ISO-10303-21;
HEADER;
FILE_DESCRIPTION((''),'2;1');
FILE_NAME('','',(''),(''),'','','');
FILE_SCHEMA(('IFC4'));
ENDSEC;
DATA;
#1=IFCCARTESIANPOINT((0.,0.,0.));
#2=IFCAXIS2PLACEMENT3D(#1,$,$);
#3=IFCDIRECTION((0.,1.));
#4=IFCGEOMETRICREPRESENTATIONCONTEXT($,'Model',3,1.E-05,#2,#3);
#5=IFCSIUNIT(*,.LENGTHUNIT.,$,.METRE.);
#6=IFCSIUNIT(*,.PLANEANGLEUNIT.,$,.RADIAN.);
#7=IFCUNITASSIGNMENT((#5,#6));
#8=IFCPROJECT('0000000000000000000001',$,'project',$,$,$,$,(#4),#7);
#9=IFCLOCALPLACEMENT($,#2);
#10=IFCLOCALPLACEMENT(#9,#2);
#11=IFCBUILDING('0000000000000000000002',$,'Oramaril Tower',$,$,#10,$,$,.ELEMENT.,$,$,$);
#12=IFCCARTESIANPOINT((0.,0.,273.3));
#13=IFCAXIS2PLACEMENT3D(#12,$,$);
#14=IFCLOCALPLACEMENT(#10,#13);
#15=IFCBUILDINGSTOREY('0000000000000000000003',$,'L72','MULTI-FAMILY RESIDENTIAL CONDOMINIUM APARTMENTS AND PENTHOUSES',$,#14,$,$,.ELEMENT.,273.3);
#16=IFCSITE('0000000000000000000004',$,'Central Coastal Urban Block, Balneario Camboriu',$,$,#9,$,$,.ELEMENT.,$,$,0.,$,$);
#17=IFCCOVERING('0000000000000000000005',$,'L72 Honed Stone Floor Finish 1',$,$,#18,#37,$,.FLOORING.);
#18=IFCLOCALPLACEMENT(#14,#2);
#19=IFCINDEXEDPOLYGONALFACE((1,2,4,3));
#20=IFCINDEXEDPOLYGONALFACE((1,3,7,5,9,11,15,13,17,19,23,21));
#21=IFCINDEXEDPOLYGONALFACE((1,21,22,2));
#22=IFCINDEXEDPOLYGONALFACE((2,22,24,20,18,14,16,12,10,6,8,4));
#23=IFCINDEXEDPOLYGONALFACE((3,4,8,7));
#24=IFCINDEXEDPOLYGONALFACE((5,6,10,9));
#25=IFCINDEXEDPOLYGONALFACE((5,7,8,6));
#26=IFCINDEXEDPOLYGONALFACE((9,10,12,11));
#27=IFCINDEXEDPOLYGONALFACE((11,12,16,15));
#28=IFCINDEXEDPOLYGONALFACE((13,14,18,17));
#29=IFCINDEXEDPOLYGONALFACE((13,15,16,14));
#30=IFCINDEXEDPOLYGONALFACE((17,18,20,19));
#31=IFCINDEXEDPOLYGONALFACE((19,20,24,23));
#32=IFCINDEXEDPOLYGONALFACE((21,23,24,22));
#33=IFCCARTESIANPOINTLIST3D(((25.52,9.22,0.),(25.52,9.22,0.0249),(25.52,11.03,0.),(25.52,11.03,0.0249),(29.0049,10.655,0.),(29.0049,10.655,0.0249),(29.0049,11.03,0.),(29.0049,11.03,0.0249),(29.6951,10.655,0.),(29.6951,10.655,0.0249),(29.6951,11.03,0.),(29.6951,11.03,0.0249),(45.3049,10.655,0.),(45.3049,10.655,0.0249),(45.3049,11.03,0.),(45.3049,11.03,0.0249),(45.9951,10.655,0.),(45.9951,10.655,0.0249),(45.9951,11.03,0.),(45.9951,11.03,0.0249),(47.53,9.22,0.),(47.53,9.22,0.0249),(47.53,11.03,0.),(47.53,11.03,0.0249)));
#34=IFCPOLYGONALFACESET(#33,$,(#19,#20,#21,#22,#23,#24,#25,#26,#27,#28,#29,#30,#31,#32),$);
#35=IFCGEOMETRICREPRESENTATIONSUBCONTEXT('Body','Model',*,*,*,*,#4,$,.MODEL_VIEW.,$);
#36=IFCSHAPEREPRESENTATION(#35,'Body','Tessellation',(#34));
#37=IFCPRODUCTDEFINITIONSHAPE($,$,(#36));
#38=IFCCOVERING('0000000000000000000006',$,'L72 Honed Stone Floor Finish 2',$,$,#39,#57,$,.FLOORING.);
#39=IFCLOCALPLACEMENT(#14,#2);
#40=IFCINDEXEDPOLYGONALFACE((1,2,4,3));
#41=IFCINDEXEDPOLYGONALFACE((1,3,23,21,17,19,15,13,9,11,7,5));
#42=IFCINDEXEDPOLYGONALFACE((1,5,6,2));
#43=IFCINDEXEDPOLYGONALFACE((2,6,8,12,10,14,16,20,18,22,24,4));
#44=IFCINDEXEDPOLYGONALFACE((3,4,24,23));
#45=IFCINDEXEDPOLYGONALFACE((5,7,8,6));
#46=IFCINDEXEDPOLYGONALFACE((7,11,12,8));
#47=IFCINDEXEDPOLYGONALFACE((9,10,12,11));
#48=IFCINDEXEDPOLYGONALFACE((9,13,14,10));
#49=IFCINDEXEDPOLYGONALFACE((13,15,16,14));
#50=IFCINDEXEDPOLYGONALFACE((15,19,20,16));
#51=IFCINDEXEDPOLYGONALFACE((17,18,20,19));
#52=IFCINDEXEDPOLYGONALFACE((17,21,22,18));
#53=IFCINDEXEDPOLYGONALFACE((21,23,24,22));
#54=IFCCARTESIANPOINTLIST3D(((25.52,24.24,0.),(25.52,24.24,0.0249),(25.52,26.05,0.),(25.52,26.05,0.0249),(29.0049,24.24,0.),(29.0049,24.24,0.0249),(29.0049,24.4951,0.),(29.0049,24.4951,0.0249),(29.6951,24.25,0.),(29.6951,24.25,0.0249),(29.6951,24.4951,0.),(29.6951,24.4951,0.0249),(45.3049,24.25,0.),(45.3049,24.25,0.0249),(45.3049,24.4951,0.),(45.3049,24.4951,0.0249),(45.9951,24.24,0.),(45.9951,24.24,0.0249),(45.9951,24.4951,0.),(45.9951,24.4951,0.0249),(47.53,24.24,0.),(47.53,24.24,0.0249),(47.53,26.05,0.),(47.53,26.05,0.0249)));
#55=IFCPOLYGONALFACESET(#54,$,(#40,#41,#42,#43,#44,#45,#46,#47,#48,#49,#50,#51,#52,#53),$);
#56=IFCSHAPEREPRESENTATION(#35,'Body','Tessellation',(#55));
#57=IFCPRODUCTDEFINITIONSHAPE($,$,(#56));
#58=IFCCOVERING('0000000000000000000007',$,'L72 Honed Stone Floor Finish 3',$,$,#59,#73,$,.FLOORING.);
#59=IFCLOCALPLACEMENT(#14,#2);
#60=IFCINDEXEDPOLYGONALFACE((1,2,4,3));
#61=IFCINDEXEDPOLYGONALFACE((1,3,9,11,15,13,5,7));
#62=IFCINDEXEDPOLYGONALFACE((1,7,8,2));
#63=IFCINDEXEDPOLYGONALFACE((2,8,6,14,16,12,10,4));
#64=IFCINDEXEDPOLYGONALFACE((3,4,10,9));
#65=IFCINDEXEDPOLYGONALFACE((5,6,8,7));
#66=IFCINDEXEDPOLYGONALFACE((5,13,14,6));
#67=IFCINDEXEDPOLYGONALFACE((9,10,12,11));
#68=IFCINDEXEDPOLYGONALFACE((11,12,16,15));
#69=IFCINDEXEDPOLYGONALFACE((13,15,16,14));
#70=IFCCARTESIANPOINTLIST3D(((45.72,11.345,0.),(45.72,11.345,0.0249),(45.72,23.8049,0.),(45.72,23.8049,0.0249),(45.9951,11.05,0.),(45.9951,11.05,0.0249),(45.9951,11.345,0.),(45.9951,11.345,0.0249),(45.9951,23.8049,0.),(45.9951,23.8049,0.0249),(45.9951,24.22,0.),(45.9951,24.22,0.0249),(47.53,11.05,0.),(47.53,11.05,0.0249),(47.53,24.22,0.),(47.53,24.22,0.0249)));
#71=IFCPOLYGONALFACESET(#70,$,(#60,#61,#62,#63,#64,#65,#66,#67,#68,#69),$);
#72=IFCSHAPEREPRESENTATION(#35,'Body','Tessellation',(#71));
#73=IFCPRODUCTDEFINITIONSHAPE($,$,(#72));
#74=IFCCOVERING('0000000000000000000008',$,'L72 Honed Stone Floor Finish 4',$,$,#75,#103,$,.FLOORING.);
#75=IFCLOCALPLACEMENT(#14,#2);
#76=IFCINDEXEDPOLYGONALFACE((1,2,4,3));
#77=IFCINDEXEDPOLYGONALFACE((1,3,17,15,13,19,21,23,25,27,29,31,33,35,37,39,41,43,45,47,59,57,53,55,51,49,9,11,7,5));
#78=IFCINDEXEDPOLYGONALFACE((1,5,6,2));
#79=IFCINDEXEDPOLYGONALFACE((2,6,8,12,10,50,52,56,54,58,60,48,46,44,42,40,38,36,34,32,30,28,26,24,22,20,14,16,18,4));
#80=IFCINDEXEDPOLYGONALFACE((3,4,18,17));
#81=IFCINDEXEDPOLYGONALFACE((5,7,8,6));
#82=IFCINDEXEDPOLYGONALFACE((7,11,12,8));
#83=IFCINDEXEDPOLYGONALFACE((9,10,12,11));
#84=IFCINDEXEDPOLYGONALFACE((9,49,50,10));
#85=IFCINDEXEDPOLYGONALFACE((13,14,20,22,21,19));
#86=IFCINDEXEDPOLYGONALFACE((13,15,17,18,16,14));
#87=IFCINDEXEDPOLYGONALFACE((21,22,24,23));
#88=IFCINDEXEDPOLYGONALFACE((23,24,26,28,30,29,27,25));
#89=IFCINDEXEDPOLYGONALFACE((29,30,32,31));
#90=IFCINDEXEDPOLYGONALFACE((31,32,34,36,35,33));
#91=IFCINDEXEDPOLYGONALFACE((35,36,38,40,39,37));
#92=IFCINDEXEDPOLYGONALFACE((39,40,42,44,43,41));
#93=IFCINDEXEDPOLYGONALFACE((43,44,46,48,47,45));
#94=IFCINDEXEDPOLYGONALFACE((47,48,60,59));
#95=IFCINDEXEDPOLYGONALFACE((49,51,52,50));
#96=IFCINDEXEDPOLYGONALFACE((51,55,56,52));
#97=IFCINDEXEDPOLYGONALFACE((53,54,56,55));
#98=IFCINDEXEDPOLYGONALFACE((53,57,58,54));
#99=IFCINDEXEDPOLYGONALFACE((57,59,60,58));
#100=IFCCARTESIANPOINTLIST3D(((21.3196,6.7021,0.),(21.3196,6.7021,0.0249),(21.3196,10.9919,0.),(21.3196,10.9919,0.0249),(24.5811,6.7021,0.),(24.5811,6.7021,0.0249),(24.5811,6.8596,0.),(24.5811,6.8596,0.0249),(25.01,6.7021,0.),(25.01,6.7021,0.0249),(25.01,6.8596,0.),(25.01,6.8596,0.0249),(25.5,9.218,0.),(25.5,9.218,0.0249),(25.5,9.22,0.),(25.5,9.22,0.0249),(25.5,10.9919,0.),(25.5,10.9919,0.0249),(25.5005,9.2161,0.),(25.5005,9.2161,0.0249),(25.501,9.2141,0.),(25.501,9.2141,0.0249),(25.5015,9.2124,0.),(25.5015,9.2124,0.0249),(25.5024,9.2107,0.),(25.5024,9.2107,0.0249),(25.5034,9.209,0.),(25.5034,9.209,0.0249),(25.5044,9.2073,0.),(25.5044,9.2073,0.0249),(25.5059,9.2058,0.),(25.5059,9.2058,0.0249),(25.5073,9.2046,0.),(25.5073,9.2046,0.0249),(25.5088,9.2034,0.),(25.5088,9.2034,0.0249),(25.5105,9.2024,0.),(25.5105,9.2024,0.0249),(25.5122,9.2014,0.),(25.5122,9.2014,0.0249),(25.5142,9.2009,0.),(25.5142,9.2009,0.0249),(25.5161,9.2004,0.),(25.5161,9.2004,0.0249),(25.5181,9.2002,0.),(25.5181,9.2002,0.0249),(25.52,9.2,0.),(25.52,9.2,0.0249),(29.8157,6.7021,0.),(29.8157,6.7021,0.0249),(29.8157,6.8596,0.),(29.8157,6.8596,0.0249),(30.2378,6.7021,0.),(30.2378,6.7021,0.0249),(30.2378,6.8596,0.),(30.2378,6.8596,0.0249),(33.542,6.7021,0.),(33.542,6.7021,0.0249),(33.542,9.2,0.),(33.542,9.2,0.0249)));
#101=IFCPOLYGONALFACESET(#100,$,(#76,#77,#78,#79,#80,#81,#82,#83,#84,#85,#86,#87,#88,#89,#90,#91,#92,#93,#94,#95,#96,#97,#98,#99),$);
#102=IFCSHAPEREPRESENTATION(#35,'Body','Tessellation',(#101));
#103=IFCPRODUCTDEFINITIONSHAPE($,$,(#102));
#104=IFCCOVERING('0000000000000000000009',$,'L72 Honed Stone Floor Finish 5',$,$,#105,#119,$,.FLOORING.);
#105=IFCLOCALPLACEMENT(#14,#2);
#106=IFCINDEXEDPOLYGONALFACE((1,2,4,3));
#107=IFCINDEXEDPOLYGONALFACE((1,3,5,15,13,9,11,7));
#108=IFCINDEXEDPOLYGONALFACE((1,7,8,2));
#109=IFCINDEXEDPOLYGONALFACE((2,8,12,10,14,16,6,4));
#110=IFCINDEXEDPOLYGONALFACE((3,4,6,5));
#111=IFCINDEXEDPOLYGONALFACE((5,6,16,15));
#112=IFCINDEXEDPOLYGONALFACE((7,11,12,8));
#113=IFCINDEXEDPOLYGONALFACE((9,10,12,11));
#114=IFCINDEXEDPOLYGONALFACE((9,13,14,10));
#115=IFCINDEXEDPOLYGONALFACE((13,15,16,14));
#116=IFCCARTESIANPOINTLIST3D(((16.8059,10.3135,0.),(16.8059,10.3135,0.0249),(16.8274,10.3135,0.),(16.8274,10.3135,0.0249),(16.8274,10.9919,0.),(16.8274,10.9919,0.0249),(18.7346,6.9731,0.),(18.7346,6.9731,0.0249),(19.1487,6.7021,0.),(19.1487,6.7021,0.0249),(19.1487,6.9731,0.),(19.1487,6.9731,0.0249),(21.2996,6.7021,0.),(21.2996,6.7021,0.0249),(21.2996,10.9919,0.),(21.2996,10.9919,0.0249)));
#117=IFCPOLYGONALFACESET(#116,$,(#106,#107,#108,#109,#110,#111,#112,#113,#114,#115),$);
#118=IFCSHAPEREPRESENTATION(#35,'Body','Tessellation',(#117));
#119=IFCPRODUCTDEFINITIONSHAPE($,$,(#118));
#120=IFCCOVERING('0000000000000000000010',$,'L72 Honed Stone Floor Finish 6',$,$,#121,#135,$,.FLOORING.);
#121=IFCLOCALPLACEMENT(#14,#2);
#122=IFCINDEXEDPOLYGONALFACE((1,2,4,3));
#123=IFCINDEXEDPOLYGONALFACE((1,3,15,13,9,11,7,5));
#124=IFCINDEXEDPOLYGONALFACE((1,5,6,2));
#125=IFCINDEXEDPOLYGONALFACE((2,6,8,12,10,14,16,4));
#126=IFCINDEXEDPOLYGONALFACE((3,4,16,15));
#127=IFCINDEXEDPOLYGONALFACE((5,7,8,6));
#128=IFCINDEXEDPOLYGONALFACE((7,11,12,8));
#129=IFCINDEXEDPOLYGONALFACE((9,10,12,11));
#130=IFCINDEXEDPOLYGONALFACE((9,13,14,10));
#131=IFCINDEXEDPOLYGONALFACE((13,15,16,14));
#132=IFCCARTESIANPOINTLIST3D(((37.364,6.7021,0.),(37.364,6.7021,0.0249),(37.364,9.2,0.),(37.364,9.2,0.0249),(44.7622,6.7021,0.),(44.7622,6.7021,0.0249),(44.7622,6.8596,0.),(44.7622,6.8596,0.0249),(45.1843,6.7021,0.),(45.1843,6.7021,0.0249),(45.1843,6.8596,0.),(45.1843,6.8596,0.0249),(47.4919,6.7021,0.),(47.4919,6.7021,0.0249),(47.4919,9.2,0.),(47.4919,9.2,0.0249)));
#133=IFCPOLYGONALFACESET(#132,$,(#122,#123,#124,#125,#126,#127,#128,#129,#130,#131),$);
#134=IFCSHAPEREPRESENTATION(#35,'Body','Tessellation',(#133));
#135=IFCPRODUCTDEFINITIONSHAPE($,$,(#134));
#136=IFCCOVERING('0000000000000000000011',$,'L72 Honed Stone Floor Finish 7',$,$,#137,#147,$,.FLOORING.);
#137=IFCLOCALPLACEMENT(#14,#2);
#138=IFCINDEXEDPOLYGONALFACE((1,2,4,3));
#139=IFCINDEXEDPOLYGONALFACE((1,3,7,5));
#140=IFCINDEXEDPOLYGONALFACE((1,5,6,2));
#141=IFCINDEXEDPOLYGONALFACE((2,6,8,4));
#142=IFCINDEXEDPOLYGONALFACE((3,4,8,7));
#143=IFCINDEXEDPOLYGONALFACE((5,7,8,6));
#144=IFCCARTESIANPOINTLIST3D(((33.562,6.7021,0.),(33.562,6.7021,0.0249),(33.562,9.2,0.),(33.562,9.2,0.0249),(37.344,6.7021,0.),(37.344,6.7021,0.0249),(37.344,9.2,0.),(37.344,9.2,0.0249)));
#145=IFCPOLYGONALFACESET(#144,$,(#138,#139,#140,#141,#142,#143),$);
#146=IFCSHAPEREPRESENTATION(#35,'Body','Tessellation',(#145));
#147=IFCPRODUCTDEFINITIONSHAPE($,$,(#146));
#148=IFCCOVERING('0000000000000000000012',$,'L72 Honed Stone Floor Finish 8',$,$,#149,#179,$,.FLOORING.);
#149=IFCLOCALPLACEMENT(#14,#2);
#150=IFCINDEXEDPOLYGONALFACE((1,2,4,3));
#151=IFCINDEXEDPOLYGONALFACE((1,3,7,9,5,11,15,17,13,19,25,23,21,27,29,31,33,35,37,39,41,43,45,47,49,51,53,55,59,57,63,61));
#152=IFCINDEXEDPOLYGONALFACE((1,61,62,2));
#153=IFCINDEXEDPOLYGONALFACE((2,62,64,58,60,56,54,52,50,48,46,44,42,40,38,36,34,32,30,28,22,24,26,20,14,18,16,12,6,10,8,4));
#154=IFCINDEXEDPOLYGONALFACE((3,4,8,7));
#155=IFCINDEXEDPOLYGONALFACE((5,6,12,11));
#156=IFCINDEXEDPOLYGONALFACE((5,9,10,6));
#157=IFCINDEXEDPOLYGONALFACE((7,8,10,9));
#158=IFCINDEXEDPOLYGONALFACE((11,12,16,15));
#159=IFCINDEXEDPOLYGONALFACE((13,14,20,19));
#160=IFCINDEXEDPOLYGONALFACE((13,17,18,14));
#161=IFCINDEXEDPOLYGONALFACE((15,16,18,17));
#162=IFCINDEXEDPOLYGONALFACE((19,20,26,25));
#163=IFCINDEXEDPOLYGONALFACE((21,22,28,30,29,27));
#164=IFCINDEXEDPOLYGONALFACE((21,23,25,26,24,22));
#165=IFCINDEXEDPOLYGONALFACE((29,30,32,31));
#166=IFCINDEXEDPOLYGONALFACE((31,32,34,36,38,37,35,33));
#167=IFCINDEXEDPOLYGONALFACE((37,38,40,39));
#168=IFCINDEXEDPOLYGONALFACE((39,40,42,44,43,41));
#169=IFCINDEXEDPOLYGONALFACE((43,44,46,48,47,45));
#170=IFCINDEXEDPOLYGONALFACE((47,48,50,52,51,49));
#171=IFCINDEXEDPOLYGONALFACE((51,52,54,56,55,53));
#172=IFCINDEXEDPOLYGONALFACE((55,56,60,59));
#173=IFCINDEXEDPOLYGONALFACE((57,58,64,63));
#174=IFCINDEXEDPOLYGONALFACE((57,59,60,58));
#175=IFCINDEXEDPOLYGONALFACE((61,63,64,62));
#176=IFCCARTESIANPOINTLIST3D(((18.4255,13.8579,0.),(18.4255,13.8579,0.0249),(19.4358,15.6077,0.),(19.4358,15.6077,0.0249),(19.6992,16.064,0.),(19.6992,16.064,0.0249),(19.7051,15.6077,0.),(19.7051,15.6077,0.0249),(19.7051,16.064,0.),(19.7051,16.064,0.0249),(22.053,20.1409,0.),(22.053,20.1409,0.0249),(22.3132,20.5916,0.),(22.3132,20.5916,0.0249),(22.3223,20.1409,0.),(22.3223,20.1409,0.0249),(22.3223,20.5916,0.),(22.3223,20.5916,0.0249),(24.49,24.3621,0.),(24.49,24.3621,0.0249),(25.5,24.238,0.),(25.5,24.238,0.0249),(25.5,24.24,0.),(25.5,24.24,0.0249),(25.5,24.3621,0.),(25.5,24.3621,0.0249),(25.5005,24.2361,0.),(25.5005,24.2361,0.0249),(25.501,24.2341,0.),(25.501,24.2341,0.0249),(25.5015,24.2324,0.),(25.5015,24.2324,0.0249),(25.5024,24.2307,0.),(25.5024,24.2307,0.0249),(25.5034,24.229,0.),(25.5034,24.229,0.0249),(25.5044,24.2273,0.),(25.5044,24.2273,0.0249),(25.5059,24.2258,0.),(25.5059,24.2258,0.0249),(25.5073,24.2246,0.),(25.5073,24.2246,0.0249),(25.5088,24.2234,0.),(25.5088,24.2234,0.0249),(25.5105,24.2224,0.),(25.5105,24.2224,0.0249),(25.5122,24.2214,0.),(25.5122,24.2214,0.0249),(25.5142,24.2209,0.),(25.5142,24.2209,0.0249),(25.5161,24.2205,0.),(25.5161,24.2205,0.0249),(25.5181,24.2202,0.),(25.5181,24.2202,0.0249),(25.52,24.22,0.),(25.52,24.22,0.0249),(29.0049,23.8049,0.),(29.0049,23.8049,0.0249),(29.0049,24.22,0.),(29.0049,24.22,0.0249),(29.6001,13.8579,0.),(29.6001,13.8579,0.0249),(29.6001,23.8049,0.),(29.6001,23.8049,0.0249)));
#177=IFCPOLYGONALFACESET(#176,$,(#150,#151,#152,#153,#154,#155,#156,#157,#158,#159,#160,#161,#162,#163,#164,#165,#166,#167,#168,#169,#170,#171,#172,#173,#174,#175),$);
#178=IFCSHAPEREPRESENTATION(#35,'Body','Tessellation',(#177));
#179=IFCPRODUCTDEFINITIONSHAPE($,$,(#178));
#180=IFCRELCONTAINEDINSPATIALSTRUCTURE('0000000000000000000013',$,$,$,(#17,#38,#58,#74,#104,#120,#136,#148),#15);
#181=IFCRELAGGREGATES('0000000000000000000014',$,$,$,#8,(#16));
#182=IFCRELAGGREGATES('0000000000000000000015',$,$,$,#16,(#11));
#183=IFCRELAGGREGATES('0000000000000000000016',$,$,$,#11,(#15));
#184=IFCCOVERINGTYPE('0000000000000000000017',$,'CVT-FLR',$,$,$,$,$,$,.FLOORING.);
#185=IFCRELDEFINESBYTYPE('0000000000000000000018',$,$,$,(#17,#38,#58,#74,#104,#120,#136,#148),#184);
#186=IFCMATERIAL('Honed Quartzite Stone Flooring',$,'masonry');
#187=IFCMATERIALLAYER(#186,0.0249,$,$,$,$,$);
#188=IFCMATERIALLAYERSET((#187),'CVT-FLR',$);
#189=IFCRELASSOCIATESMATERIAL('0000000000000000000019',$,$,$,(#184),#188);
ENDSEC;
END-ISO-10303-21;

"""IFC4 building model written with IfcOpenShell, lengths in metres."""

from ifc_helpers import new_model, si_unit, direction, frame, origin, place, context, subcontext, project, spatial, polyline, outline, extrude, material, layer, layer_set, type_object, element, save


model = new_model("IFC4")

# Units and contexts
model_context = context("Model", 3, precision=1e-05, world=origin(), true_north=direction((0.0, 1.0)))
body_context = subcontext(model_context, "Body", "Model", "MODEL_VIEW")
ifc_project = project(units=[si_unit("LENGTHUNIT", "METRE"), si_unit("PLANEANGLEUNIT", "RADIAN")], contexts=[model_context])

# Site, building, storey
site_placement = place(None, origin())
site = spatial("IfcSite", under=ifc_project, at=site_placement, Name="Central Coastal Urban Block, Balneario Camboriu", CompositionType="ELEMENT", RefElevation=0.0)
building_placement = place(site_placement, origin())
building = spatial("IfcBuilding", under=site, at=building_placement, Name="Oramaril Tower", CompositionType="ELEMENT")
storey_placement = place(building_placement, frame((0.0, 0.0, 273.3)))
storey = spatial("IfcBuildingStorey", under=building, at=storey_placement, Name="L72", Description="MULTI-FAMILY RESIDENTIAL CONDOMINIUM APARTMENTS AND PENTHOUSES", CompositionType="ELEMENT", Elevation=273.3)

# Coverings
ifc_material_1 = material(Name="Honed Quartzite Stone Flooring", Category="masonry")
ifc_layer_1 = layer(ifc_material_1, 0.0249)
ifc_layer_set_1 = layer_set([ifc_layer_1], Name="CVT-FLR")
covering_type_1 = type_object("IfcCoveringType", Name="CVT-FLR", PredefinedType="FLOORING", material=ifc_layer_set_1)
covering_1_placement = place(storey_placement, origin())
element("IfcCovering", 1, at=covering_1_placement, inside=storey, type_object=covering_type_1, Name="L72 Honed Stone Floor Finish 1", PredefinedType="FLOORING", context=body_context, shape_type="SweptSolid", body=[
    extrude(outline(polyline([(29.0049, 10.655), (29.6951, 10.655), (29.6951, 11.03), (45.3049, 11.03), (45.3049, 10.655), (45.9951, 10.655), (45.9951, 11.03), (47.53, 11.03), (47.53, 9.22), (25.52, 9.22), (25.52, 11.03), (29.0049, 11.03), (29.0049, 10.655)])), origin(), (0.0, 0.0, 1.0), 0.0249),
])
covering_2_placement = place(storey_placement, origin())
element("IfcCovering", 2, at=covering_2_placement, inside=storey, type_object=covering_type_1, Name="L72 Honed Stone Floor Finish 2", PredefinedType="FLOORING", context=body_context, shape_type="SweptSolid", body=[
    extrude(outline(polyline([(47.53, 24.24), (45.9951, 24.24), (45.9951, 24.4951), (45.3049, 24.4951), (45.3049, 24.25), (29.6951, 24.25), (29.6951, 24.4951), (29.0049, 24.4951), (29.0049, 24.24), (25.52, 24.24), (25.52, 26.05), (47.53, 26.05), (47.53, 24.24)])), origin(), (0.0, 0.0, 1.0), 0.0249),
])
covering_3_placement = place(storey_placement, origin())
element("IfcCovering", 3, at=covering_3_placement, inside=storey, type_object=covering_type_1, Name="L72 Honed Stone Floor Finish 3", PredefinedType="FLOORING", context=body_context, shape_type="SweptSolid", body=[
    extrude(outline(polyline([(47.53, 11.05), (45.9951, 11.05), (45.9951, 11.345), (45.72, 11.345), (45.72, 23.8049), (45.9951, 23.8049), (45.9951, 24.22), (47.53, 24.22), (47.53, 11.05)])), origin(), (0.0, 0.0, 1.0), 0.0249),
])
covering_4_placement = place(storey_placement, origin())
element("IfcCovering", 4, at=covering_4_placement, inside=storey, type_object=covering_type_1, Name="L72 Honed Stone Floor Finish 4", PredefinedType="FLOORING", context=body_context, shape_type="SweptSolid", body=[
    extrude(outline(polyline([(33.542, 6.7021), (30.2378, 6.7021), (30.2378, 6.8596), (29.8157, 6.8596), (29.8157, 6.7021), (25.01, 6.7021), (25.01, 6.8596), (24.5811, 6.8596), (24.5811, 6.7021), (21.3196, 6.7021), (21.3196, 10.9919), (25.5, 10.9919), (25.5, 9.22), (25.5, 9.218), (25.5005, 9.2161), (25.501, 9.2141), (25.5015, 9.2124), (25.5024, 9.2107), (25.5034, 9.209), (25.5044, 9.2073), (25.5059, 9.2058), (25.5073, 9.2046), (25.5088, 9.2034), (25.5105, 9.2024), (25.5122, 9.2014), (25.5142, 9.2009), (25.5161, 9.2004), (25.5181, 9.2002), (25.52, 9.2), (33.542, 9.2), (33.542, 6.7021)])), origin(), (0.0, 0.0, 1.0), 0.0249),
])
covering_5_placement = place(storey_placement, origin())
element("IfcCovering", 5, at=covering_5_placement, inside=storey, type_object=covering_type_1, Name="L72 Honed Stone Floor Finish 5", PredefinedType="FLOORING", context=body_context, shape_type="SweptSolid", body=[
    extrude(outline(polyline([(19.1487, 6.7021), (19.1487, 6.9731), (18.7346, 6.9731), (16.8059, 10.3135), (16.8274, 10.3135), (16.8274, 10.9919), (21.2996, 10.9919), (21.2996, 6.7021), (19.1487, 6.7021)])), origin(), (0.0, 0.0, 1.0), 0.0249),
])
covering_6_placement = place(storey_placement, origin())
element("IfcCovering", 6, at=covering_6_placement, inside=storey, type_object=covering_type_1, Name="L72 Honed Stone Floor Finish 6", PredefinedType="FLOORING", context=body_context, shape_type="SweptSolid", body=[
    extrude(outline(polyline([(45.1843, 6.8596), (44.7622, 6.8596), (44.7622, 6.7021), (37.364, 6.7021), (37.364, 9.2), (47.4919, 9.2), (47.4919, 6.7021), (45.1843, 6.7021), (45.1843, 6.8596)])), origin(), (0.0, 0.0, 1.0), 0.0249),
])
covering_7_placement = place(storey_placement, origin())
element("IfcCovering", 7, at=covering_7_placement, inside=storey, type_object=covering_type_1, Name="L72 Honed Stone Floor Finish 7", PredefinedType="FLOORING", context=body_context, shape_type="SweptSolid", body=[
    extrude(outline(polyline([(33.562, 6.7021), (33.562, 9.2), (37.344, 9.2), (37.344, 6.7021), (33.562, 6.7021)])), origin(), (0.0, 0.0, 1.0), 0.0249),
])
covering_8_placement = place(storey_placement, origin())
element("IfcCovering", 8, at=covering_8_placement, inside=storey, type_object=covering_type_1, Name="L72 Honed Stone Floor Finish 8", PredefinedType="FLOORING", context=body_context, shape_type="SweptSolid", body=[
    extrude(outline(polyline([(19.4358, 15.6077), (19.7051, 15.6077), (19.7051, 16.064), (19.6992, 16.064), (22.053, 20.1409), (22.3223, 20.1409), (22.3223, 20.5916), (22.3132, 20.5916), (24.49, 24.3621), (25.5, 24.3621), (25.5, 24.24), (25.5, 24.238), (25.5005, 24.2361), (25.501, 24.2341), (25.5015, 24.2324), (25.5024, 24.2307), (25.5034, 24.229), (25.5044, 24.2273), (25.5059, 24.2258), (25.5073, 24.2246), (25.5088, 24.2234), (25.5105, 24.2224), (25.5122, 24.2214), (25.5142, 24.2209), (25.5161, 24.2205), (25.5181, 24.2202), (25.52, 24.22), (29.0049, 24.22), (29.0049, 23.8049), (29.6001, 23.8049), (29.6001, 13.8579), (18.4255, 13.8579), (19.4358, 15.6077)])), origin(), (0.0, 0.0, 1.0), 0.0249),
])

save(model, "model.ifc")
